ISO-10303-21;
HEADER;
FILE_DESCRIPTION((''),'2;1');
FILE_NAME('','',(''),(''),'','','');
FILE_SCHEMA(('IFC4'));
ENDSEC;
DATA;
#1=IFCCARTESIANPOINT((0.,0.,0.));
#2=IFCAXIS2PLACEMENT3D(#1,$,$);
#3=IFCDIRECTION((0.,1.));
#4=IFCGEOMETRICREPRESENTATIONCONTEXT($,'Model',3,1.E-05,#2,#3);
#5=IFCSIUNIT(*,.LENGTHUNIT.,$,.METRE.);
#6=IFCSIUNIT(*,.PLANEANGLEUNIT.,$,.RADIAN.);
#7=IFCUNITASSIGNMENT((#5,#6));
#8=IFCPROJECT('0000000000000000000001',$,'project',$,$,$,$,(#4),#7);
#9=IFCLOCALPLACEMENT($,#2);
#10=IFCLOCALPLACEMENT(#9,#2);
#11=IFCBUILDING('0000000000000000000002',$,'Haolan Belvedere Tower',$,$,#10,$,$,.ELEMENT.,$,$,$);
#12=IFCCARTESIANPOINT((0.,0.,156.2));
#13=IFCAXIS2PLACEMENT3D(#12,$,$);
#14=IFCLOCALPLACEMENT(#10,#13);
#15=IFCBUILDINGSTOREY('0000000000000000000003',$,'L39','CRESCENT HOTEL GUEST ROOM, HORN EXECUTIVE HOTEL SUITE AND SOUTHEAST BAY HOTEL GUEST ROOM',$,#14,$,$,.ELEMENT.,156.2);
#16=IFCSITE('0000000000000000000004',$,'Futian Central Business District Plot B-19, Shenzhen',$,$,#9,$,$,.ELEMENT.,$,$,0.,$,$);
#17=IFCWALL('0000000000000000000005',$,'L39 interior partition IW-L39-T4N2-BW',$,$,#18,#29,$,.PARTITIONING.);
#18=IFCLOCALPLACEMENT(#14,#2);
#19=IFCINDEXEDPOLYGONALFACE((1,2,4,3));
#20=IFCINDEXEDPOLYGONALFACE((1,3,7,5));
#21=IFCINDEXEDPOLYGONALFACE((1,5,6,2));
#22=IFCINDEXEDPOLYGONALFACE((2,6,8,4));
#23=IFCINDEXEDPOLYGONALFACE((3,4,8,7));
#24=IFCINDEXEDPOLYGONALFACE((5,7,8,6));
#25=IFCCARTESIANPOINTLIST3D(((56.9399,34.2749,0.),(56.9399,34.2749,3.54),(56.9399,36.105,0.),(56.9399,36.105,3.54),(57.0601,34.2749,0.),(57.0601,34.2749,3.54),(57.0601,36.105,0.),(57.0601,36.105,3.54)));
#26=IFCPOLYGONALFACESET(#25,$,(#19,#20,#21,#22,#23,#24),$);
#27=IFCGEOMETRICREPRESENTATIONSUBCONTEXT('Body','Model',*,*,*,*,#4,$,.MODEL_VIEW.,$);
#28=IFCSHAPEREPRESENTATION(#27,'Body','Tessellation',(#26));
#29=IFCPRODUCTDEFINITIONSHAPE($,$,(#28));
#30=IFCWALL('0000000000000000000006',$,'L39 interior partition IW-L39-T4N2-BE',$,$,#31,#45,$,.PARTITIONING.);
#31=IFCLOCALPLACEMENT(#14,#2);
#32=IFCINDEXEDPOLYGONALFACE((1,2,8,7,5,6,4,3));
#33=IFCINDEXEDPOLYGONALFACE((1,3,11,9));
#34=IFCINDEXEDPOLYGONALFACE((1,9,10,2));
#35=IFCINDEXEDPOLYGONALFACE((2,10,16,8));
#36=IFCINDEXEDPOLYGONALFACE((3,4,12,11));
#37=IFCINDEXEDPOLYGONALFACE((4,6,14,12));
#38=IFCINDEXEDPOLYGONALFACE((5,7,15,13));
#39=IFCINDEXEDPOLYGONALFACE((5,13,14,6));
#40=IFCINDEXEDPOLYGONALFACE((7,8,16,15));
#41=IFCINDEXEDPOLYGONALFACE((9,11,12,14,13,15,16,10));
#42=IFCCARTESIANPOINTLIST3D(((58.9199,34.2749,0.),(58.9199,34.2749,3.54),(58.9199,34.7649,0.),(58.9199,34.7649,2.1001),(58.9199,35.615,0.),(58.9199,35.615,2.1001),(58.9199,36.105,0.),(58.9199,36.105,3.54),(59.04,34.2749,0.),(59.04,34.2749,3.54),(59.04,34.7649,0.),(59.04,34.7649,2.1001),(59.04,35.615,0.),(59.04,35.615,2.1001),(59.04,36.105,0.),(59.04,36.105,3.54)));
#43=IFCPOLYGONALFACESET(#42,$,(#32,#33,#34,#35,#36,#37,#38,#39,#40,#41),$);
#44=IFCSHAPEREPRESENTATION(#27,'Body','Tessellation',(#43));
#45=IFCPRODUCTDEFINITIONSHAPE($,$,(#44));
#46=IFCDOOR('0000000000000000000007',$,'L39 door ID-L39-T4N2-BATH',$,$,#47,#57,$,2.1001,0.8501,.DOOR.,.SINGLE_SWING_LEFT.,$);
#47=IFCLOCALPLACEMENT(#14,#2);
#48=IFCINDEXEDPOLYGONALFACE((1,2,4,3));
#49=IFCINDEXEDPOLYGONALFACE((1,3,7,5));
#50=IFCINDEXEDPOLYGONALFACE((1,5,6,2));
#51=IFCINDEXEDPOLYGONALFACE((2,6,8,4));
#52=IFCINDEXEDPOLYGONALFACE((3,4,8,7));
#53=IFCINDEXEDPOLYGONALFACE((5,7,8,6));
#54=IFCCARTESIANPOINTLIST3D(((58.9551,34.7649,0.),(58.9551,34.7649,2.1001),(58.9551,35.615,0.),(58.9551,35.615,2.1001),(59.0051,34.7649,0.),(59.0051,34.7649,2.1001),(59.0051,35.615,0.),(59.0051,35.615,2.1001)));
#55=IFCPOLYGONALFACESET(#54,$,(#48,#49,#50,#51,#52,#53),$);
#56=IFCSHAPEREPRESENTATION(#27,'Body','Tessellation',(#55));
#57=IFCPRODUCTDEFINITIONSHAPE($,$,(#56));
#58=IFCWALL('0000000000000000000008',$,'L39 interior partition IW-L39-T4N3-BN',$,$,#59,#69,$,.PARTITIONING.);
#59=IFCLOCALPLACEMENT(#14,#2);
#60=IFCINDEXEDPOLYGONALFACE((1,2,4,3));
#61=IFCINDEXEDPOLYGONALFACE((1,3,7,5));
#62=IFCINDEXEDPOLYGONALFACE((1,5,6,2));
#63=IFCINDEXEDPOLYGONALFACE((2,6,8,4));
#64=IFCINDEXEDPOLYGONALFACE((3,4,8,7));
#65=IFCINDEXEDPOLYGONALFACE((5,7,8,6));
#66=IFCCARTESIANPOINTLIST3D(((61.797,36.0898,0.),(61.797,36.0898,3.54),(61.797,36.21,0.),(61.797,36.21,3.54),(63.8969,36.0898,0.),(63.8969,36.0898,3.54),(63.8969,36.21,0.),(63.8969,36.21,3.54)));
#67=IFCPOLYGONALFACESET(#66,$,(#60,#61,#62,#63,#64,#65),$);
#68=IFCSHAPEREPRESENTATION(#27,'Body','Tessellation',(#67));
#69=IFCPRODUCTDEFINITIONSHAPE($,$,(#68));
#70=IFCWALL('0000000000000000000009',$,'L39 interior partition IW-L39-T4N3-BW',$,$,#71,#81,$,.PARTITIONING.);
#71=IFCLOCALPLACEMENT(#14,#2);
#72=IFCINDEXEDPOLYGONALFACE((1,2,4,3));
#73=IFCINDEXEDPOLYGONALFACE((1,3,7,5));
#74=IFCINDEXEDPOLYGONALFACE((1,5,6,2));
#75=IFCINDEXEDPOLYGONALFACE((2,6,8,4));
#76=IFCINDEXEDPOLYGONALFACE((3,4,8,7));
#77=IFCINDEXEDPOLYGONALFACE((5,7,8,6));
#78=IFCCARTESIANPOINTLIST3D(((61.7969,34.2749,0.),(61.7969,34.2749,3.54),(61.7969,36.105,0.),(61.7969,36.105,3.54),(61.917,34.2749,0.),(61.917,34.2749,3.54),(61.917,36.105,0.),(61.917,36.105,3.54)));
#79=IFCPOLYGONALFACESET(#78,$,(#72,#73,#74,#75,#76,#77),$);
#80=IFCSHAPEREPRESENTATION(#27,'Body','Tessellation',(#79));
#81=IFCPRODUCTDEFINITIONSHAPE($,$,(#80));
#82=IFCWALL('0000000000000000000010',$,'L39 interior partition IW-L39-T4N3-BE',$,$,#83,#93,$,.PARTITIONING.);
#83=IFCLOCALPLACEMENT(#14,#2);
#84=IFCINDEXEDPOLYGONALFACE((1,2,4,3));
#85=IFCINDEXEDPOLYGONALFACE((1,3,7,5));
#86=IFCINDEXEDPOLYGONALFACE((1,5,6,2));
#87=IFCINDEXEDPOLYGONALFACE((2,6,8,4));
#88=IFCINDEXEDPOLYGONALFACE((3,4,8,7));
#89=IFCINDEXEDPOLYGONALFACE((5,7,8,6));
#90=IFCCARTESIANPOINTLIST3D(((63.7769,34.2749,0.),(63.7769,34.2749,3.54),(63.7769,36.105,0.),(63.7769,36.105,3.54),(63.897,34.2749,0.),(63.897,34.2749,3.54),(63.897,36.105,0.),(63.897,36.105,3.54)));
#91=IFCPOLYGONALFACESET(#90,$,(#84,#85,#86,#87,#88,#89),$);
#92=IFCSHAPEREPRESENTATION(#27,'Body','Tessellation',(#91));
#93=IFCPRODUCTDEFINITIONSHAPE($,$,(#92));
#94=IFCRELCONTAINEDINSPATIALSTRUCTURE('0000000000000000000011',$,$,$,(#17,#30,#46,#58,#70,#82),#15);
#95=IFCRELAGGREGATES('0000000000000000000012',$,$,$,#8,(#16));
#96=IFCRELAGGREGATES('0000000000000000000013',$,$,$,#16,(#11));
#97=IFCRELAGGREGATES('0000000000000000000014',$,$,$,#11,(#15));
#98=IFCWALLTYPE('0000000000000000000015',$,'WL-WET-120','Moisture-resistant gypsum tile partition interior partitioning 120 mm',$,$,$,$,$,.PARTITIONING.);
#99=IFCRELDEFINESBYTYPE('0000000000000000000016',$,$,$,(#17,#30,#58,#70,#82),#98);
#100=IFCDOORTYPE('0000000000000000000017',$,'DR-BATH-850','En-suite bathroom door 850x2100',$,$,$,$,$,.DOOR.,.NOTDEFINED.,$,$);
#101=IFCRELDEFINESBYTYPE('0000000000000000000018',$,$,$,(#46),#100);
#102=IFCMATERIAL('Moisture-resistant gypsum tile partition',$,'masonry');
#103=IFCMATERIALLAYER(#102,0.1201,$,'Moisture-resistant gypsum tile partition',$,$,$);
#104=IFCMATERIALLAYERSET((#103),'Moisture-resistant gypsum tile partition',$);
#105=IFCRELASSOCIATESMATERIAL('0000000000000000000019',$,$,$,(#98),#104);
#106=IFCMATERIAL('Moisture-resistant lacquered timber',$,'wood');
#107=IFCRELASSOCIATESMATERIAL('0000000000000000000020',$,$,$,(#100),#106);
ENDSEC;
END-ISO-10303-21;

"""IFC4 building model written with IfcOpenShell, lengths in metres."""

from ifc_helpers import new_model, si_unit, direction, frame, frame_2d, origin, place, context, subcontext, project, spatial, rectangle, extrude, material, layer, layer_set, type_object, element, fill, save


model = new_model("IFC4")

# Units and contexts
model_context = context("Model", 3, precision=1e-05, world=origin(), true_north=direction((0.0, 1.0)))
body_context = subcontext(model_context, "Body", "Model", "MODEL_VIEW")
ifc_project = project(units=[si_unit("LENGTHUNIT", "METRE"), si_unit("PLANEANGLEUNIT", "RADIAN")], contexts=[model_context])

# Site, building, storey
site_placement = place(None, origin())
site = spatial("IfcSite", under=ifc_project, at=site_placement, Name="Futian Central Business District Plot B-19, Shenzhen", CompositionType="ELEMENT", RefElevation=0.0)
building_placement = place(site_placement, origin())
building = spatial("IfcBuilding", under=site, at=building_placement, Name="Haolan Belvedere Tower", CompositionType="ELEMENT")
storey_placement = place(building_placement, frame((0.0, 0.0, 156.2)))
storey = spatial("IfcBuildingStorey", under=building, at=storey_placement, Name="L39", Description="CRESCENT HOTEL GUEST ROOM, HORN EXECUTIVE HOTEL SUITE AND SOUTHEAST BAY HOTEL GUEST ROOM", CompositionType="ELEMENT", Elevation=156.2)

# Shared definitions
ifc_material_1 = material(Name="Moisture-resistant gypsum tile partition", Category="masonry")
ifc_layer_1 = layer(ifc_material_1, 0.1201, Name="Moisture-resistant gypsum tile partition")
ifc_layer_set_1 = layer_set([ifc_layer_1], Name="Moisture-resistant gypsum tile partition")
wall_type_1 = type_object("IfcWallType", Name="WL-WET-120", Description="Moisture-resistant gypsum tile partition interior partitioning 120 mm", PredefinedType="PARTITIONING", material=ifc_layer_set_1)

# Shared definitions
ifc_material_2 = material(Name="Moisture-resistant lacquered timber", Category="wood")
door_type = type_object("IfcDoorType", Name="DR-BATH-850", Description="En-suite bathroom door 850x2100", OperationType="NOTDEFINED", PredefinedType="DOOR", material=ifc_material_2)

# Wall
wall_1_placement = place(storey_placement, frame((57.0, 34.2749, 0.0), z_axis=(0.0, 0.0, 1.0), x_axis=(0.0, 1.0, 0.0)))
element("IfcWall", 1, at=wall_1_placement, inside=storey, type_object=wall_type_1, Name="L39 interior partition IW-L39-T4N2-BW", PredefinedType="PARTITIONING", context=body_context, shape_type="SweptSolid", body=[
    extrude(rectangle(XDim=1.8301, YDim=0.1201, at=frame_2d((0.915, 0.0))), origin(), (0.0, 0.0, 1.0), 3.54),
])

# Wall, opening, door
wall_2_placement = place(storey_placement, frame((58.98, 34.2749, 0.0), z_axis=(0.0, 0.0, 1.0), x_axis=(0.0, 1.0, 0.0)))
wall_2 = element("IfcWall", 2, at=wall_2_placement, inside=storey, type_object=wall_type_1, Name="L39 interior partition IW-L39-T4N2-BE", PredefinedType="PARTITIONING", context=body_context, shape_type="SweptSolid", body=[
    extrude(rectangle(XDim=1.8301, YDim=0.1201, at=frame_2d((0.915, 0.0))), origin(), (0.0, 0.0, 1.0), 3.54),
])
opening_1_placement = place(wall_2_placement, frame((0.49, 0.0, 0.0)))
opening_1 = element("IfcOpeningElement", 3, at=opening_1_placement, cuts=wall_2, PredefinedType="OPENING", context=body_context, shape_type="SweptSolid", body=[
    extrude(rectangle(XDim=0.8501, YDim=2.1001, at=frame_2d((0.425, 1.05))), frame((0.0, 0.0701, 0.0), z_axis=(0.0, -1.0, 0.0), x_axis=(1.0, 0.0, 0.0)), (0.0, 0.0, 1.0), 0.1401),
])
door_1_placement = place(opening_1_placement, origin())
door_1 = element("IfcDoor", 4, at=door_1_placement, inside=storey, type_object=door_type, Name="L39 door ID-L39-T4N2-BATH", OperationType="SINGLE_SWING_LEFT", OverallHeight=2.1001, OverallWidth=0.8501, PredefinedType="DOOR", context=body_context, shape_type="SweptSolid", body=[
    extrude(rectangle(XDim=0.8501, YDim=2.1001, at=frame_2d((0.425, 1.05))), frame((0.0, 0.0249, 0.0), z_axis=(0.0, -1.0, 0.0), x_axis=(1.0, 0.0, 0.0)), (0.0, 0.0, 1.0), 0.05),
])
fill(opening_1, door_1)

# Walls
wall_3_placement = place(storey_placement, frame((61.7971, 36.1499, 0.0), z_axis=(0.0, 0.0, 1.0), x_axis=(1.0, 0.0, 0.0)))
element("IfcWall", 5, at=wall_3_placement, inside=storey, type_object=wall_type_1, Name="L39 interior partition IW-L39-T4N3-BN", PredefinedType="PARTITIONING", context=body_context, shape_type="SweptSolid", body=[
    extrude(rectangle(XDim=2.0999, YDim=0.1201, at=frame_2d((1.0498, 0.0))), origin(), (0.0, 0.0, 1.0), 3.54),
])
for number, where, z_axis, x_axis, name in (
    (6, (61.8569, 34.2749, 0.0), (0.0, 0.0, 1.0), (0.0, 1.0, 0.0), "L39 interior partition IW-L39-T4N3-BW"),
    (7, (63.8369, 34.2749, 0.0), (0.0, 0.0, 1.0), (0.0, 1.0, 0.0), "L39 interior partition IW-L39-T4N3-BE"),
):
    element("IfcWall", number, at=place(storey_placement, frame(where, z_axis=z_axis, x_axis=x_axis)), inside=storey, type_object=wall_type_1, Name=name, PredefinedType="PARTITIONING", context=body_context, shape_type="SweptSolid", body=[
        extrude(rectangle(XDim=1.8301, YDim=0.1201, at=frame_2d((0.915, 0.0))), origin(), (0.0, 0.0, 1.0), 3.54),
    ])

save(model, "model.ifc")
